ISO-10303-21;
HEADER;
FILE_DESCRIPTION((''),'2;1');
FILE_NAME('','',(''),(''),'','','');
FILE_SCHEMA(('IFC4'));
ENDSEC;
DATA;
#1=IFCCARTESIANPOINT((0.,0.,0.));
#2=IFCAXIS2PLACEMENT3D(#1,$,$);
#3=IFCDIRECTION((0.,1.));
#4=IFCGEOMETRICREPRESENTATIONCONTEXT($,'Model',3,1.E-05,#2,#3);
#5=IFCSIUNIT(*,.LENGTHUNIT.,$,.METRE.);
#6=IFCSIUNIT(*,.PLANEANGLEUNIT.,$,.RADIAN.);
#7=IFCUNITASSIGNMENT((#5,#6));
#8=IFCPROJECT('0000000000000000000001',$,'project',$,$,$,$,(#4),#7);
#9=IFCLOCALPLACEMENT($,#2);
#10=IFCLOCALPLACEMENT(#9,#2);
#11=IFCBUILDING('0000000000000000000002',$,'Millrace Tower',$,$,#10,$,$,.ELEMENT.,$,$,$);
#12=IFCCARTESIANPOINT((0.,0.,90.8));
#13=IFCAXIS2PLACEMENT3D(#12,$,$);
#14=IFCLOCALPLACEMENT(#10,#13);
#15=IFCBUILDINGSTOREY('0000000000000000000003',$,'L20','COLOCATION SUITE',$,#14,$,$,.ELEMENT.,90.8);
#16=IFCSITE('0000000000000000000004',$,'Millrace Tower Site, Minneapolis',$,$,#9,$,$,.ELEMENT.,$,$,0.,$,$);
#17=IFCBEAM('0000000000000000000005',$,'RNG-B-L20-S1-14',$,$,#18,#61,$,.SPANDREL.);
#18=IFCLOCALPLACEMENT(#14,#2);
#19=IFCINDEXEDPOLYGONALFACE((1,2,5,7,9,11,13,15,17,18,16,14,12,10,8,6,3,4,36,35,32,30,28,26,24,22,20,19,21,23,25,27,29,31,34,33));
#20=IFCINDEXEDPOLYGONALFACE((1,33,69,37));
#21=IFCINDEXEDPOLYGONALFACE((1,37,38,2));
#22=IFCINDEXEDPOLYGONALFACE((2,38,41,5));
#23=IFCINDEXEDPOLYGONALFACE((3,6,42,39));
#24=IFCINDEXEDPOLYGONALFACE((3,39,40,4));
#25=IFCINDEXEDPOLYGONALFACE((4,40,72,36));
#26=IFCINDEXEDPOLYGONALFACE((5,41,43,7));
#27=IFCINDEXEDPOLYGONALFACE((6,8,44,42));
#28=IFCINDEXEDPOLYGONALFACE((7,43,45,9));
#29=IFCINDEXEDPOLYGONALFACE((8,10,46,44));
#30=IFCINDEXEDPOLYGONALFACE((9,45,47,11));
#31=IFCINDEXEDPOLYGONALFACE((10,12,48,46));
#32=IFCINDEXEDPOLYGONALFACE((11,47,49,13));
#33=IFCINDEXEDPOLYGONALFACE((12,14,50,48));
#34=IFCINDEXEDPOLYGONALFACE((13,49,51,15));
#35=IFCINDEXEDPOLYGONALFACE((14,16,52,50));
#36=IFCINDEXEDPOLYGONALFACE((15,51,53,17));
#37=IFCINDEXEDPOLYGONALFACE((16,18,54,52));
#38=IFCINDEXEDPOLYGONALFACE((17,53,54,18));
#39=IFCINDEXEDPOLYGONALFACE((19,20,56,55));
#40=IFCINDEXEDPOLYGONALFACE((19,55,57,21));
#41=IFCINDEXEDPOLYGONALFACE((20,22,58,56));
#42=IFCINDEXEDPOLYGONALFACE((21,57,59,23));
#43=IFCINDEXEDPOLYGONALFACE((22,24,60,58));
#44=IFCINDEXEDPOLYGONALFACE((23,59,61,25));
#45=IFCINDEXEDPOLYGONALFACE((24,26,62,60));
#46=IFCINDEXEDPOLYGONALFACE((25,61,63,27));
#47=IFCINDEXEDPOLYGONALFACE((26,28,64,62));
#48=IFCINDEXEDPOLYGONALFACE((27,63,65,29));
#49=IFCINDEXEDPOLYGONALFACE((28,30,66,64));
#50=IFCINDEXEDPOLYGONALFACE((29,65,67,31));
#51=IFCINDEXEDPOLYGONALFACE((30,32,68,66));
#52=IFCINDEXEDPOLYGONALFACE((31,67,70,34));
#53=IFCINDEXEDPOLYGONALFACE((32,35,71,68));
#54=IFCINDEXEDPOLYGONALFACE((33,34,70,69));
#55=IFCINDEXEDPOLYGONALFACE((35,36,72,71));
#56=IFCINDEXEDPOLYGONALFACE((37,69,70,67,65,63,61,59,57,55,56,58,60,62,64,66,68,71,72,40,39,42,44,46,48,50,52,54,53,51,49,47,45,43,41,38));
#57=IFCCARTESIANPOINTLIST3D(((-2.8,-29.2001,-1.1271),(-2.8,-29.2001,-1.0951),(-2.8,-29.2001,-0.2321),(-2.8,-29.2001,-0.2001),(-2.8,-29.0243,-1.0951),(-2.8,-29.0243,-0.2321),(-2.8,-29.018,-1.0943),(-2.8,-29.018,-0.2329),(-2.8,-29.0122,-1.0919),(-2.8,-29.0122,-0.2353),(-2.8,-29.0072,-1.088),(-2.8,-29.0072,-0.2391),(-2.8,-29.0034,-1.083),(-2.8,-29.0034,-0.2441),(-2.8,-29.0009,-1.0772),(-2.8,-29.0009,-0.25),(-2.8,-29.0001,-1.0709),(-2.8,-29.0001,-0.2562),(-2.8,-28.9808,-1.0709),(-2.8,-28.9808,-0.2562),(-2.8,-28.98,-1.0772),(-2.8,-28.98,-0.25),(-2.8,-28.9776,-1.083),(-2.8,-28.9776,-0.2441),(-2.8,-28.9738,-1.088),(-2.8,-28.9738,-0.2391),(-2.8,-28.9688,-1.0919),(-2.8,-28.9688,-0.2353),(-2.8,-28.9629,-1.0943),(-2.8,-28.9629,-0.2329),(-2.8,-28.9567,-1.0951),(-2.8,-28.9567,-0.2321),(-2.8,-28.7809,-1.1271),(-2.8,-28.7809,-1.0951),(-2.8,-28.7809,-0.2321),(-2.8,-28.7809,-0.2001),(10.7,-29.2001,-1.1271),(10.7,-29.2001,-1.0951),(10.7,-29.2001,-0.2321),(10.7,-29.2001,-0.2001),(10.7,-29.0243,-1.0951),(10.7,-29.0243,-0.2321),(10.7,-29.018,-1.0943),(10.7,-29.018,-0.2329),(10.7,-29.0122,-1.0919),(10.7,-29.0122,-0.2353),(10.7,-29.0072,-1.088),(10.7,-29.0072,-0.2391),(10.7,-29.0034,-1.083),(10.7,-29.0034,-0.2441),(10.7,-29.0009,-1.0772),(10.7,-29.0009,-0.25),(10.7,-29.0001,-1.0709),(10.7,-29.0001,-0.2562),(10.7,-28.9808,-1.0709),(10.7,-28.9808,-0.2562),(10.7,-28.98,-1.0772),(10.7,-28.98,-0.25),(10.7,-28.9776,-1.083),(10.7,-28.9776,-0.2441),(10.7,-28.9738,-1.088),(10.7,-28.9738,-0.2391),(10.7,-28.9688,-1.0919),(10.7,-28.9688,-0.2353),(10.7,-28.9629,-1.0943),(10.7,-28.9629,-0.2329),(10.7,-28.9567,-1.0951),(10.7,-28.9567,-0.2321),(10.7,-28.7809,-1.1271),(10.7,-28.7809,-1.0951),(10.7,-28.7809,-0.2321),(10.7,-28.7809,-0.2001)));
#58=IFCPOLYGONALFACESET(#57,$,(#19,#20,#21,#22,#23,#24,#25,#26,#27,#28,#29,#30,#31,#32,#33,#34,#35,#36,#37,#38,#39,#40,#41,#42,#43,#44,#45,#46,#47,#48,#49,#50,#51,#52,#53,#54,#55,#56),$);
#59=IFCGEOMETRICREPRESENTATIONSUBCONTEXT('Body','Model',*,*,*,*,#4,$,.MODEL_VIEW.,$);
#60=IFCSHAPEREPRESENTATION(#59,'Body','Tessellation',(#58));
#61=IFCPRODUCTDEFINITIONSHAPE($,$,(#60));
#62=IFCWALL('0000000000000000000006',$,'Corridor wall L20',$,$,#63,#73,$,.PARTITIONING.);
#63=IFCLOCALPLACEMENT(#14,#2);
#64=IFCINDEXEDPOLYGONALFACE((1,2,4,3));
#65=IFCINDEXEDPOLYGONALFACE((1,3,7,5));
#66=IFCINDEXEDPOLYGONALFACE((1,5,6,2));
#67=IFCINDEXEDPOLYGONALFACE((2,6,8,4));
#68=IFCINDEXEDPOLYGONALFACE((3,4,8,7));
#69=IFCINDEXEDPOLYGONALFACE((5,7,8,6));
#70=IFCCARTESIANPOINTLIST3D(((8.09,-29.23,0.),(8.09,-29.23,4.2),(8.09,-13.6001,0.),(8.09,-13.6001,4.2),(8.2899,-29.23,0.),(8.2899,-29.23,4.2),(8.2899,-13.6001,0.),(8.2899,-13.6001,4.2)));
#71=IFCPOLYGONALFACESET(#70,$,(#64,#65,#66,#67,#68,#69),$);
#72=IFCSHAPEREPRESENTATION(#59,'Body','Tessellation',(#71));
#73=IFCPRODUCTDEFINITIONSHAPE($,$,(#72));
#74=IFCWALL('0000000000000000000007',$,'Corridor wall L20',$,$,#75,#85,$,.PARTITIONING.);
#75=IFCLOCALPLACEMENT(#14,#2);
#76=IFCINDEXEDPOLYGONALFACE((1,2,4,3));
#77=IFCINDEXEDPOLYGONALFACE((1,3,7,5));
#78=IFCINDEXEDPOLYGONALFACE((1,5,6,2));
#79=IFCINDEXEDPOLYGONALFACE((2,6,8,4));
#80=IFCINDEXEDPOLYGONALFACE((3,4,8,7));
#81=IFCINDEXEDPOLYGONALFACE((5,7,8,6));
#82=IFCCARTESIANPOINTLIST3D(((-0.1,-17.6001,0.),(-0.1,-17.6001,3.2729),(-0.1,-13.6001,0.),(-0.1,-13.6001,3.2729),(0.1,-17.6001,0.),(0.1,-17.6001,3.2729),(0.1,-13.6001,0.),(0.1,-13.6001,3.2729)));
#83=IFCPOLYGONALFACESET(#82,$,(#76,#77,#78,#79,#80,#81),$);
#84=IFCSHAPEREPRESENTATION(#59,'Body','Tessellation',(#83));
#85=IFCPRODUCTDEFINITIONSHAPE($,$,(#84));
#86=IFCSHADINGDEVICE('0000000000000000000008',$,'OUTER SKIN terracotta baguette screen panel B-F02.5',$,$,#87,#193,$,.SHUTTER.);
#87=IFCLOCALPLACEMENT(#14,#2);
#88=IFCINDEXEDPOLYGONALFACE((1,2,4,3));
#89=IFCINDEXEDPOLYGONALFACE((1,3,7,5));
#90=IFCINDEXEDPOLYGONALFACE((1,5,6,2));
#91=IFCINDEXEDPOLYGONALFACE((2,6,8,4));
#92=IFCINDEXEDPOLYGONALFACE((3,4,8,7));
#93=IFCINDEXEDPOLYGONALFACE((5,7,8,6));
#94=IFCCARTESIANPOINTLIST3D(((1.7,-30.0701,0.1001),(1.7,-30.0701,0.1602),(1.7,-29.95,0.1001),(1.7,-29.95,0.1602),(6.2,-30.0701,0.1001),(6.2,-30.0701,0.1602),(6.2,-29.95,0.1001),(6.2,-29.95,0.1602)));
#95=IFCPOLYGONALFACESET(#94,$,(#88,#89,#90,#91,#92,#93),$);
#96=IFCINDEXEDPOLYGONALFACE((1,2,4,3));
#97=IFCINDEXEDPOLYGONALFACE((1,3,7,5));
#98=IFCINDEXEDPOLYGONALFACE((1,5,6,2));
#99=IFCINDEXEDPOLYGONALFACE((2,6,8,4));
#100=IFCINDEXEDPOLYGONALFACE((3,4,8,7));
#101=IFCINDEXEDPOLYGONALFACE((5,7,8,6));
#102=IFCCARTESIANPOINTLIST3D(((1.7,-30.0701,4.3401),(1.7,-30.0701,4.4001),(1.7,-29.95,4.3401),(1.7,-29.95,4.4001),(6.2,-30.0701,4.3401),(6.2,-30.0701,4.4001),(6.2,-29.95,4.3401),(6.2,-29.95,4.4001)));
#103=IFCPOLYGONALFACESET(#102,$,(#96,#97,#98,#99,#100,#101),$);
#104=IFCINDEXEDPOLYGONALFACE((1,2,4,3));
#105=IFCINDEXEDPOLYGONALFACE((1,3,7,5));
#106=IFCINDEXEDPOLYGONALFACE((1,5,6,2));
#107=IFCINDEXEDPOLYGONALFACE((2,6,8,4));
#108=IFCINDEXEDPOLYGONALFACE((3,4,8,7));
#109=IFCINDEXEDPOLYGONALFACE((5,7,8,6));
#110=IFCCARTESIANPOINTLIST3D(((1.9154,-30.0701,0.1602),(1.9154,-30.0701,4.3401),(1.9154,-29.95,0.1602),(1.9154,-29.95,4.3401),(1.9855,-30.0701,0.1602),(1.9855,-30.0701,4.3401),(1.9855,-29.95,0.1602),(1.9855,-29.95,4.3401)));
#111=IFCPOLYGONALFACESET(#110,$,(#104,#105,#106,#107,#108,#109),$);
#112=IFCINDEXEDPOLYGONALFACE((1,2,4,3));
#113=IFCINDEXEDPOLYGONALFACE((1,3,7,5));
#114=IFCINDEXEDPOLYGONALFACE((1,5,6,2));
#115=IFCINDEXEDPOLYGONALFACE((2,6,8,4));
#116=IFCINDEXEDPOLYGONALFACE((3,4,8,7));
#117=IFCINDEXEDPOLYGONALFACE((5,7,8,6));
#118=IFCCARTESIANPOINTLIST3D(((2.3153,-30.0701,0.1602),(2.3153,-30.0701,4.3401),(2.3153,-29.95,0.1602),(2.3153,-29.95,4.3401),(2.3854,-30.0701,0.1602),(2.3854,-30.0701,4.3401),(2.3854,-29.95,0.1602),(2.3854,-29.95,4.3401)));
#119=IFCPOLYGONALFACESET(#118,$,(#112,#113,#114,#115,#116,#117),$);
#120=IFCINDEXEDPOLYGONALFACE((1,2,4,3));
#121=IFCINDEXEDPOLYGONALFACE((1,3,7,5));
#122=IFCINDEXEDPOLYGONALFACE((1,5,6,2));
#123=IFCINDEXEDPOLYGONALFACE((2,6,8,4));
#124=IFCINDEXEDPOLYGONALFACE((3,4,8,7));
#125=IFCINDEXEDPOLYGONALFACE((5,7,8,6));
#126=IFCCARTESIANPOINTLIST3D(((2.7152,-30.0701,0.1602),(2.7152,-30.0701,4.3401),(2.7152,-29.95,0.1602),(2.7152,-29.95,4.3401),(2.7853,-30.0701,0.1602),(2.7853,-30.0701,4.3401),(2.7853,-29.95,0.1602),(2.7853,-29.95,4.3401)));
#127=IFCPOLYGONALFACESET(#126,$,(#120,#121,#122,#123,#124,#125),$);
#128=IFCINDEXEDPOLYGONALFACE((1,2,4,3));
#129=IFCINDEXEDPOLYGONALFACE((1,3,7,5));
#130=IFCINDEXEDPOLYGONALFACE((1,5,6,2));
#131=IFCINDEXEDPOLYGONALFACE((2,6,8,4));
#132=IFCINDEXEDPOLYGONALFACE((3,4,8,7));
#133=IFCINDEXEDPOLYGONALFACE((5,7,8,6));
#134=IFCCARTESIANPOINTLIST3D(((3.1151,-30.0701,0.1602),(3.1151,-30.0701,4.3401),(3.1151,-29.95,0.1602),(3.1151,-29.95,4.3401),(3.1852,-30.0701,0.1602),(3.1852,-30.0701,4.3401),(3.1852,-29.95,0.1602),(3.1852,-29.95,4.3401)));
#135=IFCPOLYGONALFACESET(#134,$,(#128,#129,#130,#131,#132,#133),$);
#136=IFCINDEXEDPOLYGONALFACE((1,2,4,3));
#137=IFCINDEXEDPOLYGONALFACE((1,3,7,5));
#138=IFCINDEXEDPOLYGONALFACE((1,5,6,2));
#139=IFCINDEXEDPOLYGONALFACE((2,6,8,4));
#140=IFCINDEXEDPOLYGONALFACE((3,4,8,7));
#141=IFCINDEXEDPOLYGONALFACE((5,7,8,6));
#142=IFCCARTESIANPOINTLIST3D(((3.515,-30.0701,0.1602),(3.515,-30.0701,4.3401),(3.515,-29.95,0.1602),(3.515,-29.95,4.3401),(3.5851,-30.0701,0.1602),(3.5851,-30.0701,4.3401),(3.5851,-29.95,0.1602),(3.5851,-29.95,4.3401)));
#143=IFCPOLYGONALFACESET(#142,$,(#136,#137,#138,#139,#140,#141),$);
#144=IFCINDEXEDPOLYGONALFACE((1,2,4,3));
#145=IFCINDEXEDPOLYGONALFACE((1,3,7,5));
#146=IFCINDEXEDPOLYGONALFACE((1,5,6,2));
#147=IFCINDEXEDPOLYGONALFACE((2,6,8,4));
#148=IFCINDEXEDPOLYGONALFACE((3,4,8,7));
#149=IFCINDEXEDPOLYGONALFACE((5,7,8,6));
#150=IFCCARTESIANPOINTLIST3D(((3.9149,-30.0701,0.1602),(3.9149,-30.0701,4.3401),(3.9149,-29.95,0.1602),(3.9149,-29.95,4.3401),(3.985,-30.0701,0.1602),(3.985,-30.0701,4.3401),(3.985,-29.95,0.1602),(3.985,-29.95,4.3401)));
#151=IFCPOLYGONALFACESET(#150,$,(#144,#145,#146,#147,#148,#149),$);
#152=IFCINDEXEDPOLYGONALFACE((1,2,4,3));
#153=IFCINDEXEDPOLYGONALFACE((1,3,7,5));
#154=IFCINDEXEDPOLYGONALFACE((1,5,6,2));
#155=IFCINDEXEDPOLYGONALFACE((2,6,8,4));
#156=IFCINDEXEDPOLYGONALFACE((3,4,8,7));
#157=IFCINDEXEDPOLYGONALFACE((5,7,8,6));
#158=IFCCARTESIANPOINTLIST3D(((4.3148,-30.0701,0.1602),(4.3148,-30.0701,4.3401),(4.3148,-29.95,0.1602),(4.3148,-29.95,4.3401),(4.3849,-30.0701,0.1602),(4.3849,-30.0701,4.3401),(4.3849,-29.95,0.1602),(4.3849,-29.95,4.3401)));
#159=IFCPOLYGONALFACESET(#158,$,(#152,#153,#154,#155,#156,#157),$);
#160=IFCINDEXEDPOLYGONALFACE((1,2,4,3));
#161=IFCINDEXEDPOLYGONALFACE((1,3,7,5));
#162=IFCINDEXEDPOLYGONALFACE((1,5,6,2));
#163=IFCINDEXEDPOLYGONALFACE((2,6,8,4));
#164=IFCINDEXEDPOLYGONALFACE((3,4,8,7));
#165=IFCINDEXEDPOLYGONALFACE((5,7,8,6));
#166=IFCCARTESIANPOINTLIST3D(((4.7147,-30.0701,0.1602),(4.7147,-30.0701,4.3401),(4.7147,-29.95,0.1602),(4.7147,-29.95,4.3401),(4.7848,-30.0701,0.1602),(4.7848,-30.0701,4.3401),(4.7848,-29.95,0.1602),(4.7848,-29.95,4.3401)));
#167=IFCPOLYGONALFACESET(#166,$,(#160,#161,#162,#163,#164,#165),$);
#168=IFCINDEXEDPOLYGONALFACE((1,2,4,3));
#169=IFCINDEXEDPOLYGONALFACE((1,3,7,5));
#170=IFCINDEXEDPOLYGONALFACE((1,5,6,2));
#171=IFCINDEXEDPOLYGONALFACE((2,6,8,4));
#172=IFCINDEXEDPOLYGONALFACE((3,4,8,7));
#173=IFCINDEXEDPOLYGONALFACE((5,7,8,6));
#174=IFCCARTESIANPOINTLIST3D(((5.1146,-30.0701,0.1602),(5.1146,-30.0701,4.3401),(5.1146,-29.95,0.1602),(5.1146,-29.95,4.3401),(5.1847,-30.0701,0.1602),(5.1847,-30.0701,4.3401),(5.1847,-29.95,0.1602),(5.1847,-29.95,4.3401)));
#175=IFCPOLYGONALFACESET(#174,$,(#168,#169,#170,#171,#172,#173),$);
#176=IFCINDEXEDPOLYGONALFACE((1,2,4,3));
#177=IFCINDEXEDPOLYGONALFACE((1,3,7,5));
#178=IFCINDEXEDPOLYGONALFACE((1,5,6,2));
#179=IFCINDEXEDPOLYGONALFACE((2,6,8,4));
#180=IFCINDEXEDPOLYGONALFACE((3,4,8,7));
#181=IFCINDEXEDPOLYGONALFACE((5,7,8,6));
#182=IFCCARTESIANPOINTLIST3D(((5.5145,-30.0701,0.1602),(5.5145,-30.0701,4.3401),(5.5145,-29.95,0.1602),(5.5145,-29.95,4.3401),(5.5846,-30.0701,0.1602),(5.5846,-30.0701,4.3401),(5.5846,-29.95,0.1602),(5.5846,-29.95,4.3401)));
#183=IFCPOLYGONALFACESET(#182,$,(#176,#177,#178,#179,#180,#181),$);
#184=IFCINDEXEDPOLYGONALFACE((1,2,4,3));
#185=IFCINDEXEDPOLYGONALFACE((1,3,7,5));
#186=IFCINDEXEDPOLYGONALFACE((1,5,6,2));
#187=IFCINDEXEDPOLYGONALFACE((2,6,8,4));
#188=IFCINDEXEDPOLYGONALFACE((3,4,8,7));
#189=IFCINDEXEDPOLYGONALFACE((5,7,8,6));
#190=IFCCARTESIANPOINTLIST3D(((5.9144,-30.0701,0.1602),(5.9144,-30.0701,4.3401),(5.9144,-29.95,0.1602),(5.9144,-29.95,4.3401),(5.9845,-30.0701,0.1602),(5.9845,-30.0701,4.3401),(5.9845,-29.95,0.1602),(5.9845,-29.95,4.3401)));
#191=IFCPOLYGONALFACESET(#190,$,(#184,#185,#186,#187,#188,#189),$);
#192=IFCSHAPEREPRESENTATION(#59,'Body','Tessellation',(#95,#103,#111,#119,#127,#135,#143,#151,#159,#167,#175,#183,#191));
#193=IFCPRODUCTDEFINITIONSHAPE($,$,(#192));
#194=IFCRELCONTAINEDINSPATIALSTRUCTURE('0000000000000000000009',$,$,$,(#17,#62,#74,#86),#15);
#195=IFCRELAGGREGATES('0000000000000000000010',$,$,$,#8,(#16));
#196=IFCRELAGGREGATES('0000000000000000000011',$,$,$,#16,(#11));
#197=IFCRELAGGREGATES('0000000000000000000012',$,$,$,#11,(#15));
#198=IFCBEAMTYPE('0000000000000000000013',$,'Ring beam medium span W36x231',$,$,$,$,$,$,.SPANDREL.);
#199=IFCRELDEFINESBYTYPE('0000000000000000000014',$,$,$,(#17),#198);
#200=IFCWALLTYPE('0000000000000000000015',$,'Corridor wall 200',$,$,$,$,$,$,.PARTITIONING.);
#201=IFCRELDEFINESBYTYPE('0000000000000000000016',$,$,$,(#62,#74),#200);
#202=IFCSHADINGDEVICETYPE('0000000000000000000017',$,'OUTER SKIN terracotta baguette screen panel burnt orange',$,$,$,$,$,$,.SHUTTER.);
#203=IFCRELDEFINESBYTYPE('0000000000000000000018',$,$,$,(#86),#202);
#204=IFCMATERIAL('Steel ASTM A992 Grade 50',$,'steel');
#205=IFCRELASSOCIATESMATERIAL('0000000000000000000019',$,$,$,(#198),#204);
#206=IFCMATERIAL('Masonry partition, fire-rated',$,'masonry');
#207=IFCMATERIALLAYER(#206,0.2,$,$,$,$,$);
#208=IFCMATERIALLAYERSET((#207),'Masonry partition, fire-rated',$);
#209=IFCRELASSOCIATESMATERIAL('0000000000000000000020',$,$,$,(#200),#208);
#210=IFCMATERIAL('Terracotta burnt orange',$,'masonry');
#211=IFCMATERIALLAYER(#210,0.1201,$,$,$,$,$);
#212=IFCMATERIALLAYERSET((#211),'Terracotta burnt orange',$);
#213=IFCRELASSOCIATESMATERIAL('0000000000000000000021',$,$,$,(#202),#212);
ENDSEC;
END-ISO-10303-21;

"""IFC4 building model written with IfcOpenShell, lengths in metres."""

from ifc_helpers import new_model, entity, si_unit, direction, frame, frame_2d, origin, origin_2d, place, context, subcontext, project, spatial, rectangle, i_section, extrude, source, transform, mapped, material, layer, layer_set, material_profile, profile_set, type_object, element, save


model = new_model("IFC4")

# Units and contexts
model_context = context("Model", 3, precision=1e-05, world=origin(), true_north=direction((0.0, 1.0)))
body_context = subcontext(model_context, "Body", "Model", "MODEL_VIEW")
ifc_project = project(units=[si_unit("LENGTHUNIT", "METRE"), si_unit("PLANEANGLEUNIT", "RADIAN")], contexts=[model_context])

# Site, building, storey
site_placement = place(None, origin())
site = spatial("IfcSite", under=ifc_project, at=site_placement, Name="Millrace Tower Site, Minneapolis", CompositionType="ELEMENT", RefElevation=0.0)
building_placement = place(site_placement, origin())
building = spatial("IfcBuilding", under=site, at=building_placement, Name="Millrace Tower", CompositionType="ELEMENT")
storey_placement = place(building_placement, frame((0.0, 0.0, 90.8)))
storey = spatial("IfcBuildingStorey", under=building, at=storey_placement, Name="L20", Description="COLOCATION SUITE", CompositionType="ELEMENT", Elevation=90.8)

# Beam
ifc_material_1 = material(Name="Steel ASTM A992 Grade 50", Category="steel")
ifc_material_profile_1 = material_profile(ifc_material_1, i_section(OverallWidth=0.4192, OverallDepth=0.927, WebThickness=0.0193, FlangeThickness=0.032, FilletRadius=0.0242, at=origin_2d()))
ifc_profile_set_1 = profile_set([ifc_material_profile_1], Name="Steel ASTM A992 Grade 50")
beam_type_1 = type_object("IfcBeamType", Name="Ring beam medium span W36x231", PredefinedType="SPANDREL", material=ifc_profile_set_1)
beam_1_placement = place(storey_placement, frame((10.7, -28.9905, -0.6636), z_axis=(-1.0, 0.0, 0.0), x_axis=(0.0, -1.0, 0.0)))
element("IfcBeam", 1, at=beam_1_placement, inside=storey, type_object=beam_type_1, Name="RNG-B-L20-S1-14", PredefinedType="SPANDREL", context=body_context, shape_type="SweptSolid", body=[
    extrude(i_section(OverallWidth=0.4192, OverallDepth=0.927, WebThickness=0.0193, FlangeThickness=0.032, FilletRadius=0.0242, at=origin_2d()), origin(), (0.0, 0.0, 1.0), 13.5),
])

# Walls
ifc_material_2 = material(Name="Masonry partition, fire-rated", Category="masonry")
ifc_layer_1 = layer(ifc_material_2, 0.2)
ifc_layer_set_1 = layer_set([ifc_layer_1], Name="Masonry partition, fire-rated")
wall_type = type_object("IfcWallType", Name="Corridor wall 200", PredefinedType="PARTITIONING", material=ifc_layer_set_1)
wall_1_placement = place(storey_placement, frame((8.1899, -29.23, 0.0), z_axis=(0.0, 0.0, 1.0), x_axis=(0.0, 1.0, 0.0)))
element("IfcWall", 2, at=wall_1_placement, inside=storey, type_object=wall_type, Name="Corridor wall L20", PredefinedType="PARTITIONING", context=body_context, shape_type="SweptSolid", body=[
    extrude(rectangle(XDim=15.6299, YDim=0.2, at=frame_2d((7.8149, 0.0))), origin(), (0.0, 0.0, 1.0), 4.2),
])
wall_2_placement = place(storey_placement, frame((0.0, -17.6001, 0.0), z_axis=(0.0, 0.0, 1.0), x_axis=(0.0, 1.0, 0.0)))
element("IfcWall", 3, at=wall_2_placement, inside=storey, type_object=wall_type, Name="Corridor wall L20", PredefinedType="PARTITIONING", context=body_context, shape_type="SweptSolid", body=[
    extrude(rectangle(XDim=4.0, YDim=0.2, at=frame_2d((2.0, 0.0))), origin(), (0.0, 0.0, 1.0), 3.2729),
])

# Shading device
ifc_material_3 = material(Name="Terracotta burnt orange", Category="masonry")
ifc_layer_2 = layer(ifc_material_3, 0.1201)
ifc_layer_set_2 = layer_set([ifc_layer_2], Name="Terracotta burnt orange")
shading_device_type = type_object("IfcShadingDeviceType", Name="OUTER SKIN terracotta baguette screen panel burnt orange", PredefinedType="SHUTTER", material=ifc_layer_set_2)
cartesian_point = entity("IfcCartesianPoint", [-2.25, 0.0601])
shared_polyline = entity("IfcPolyline", [cartesian_point, entity("IfcCartesianPoint", [2.25, 0.0601]), entity("IfcCartesianPoint", [2.25, -0.0601]), entity("IfcCartesianPoint", [-2.25, -0.0601]), cartesian_point])
shared_shape = source(origin(), body_context, "Body", "SweptSolid", [
    entity("IfcExtrudedAreaSolid", entity("IfcArbitraryClosedProfileDef", "AREA", None, shared_polyline), entity("IfcAxis2Placement3D", entity("IfcCartesianPoint", [0.0, 0.0, 0.0])), entity("IfcDirection", [0.0, 0.0, 1.0]), 0.0601),
    entity("IfcExtrudedAreaSolid", entity("IfcArbitraryClosedProfileDef", "AREA", None, shared_polyline), entity("IfcAxis2Placement3D", entity("IfcCartesianPoint", [0.0, 0.0, 4.24])), entity("IfcDirection", [0.0, 0.0, 1.0]), 0.0601),
    extrude(rectangle(XDim=0.0701, YDim=0.1201, at=frame_2d((-1.9995, 0.0))), frame((0.0, 0.0, 0.0601)), (0.0, 0.0, 1.0), 4.1799),
    extrude(rectangle(XDim=0.0701, YDim=0.1201, at=frame_2d((-1.5996, 0.0))), frame((0.0, 0.0, 0.0601)), (0.0, 0.0, 1.0), 4.1799),
    extrude(rectangle(XDim=0.0701, YDim=0.1201, at=frame_2d((-1.1997, 0.0))), frame((0.0, 0.0, 0.0601)), (0.0, 0.0, 1.0), 4.1799),
    extrude(rectangle(XDim=0.0701, YDim=0.1201, at=frame_2d((-0.7998, 0.0))), frame((0.0, 0.0, 0.0601)), (0.0, 0.0, 1.0), 4.1799),
    extrude(rectangle(XDim=0.0701, YDim=0.1201, at=frame_2d((-0.3999, 0.0))), frame((0.0, 0.0, 0.0601)), (0.0, 0.0, 1.0), 4.1799),
    extrude(rectangle(XDim=0.0701, YDim=0.1201, at=origin_2d()), frame((0.0, 0.0, 0.0601)), (0.0, 0.0, 1.0), 4.1799),
    extrude(rectangle(XDim=0.0701, YDim=0.1201, at=frame_2d((0.3999, 0.0))), frame((0.0, 0.0, 0.0601)), (0.0, 0.0, 1.0), 4.1799),
    extrude(rectangle(XDim=0.0701, YDim=0.1201, at=frame_2d((0.7998, 0.0))), frame((0.0, 0.0, 0.0601)), (0.0, 0.0, 1.0), 4.1799),
    extrude(rectangle(XDim=0.0701, YDim=0.1201, at=frame_2d((1.1997, 0.0))), frame((0.0, 0.0, 0.0601)), (0.0, 0.0, 1.0), 4.1799),
    extrude(rectangle(XDim=0.0701, YDim=0.1201, at=frame_2d((1.5996, 0.0))), frame((0.0, 0.0, 0.0601)), (0.0, 0.0, 1.0), 4.1799),
    extrude(rectangle(XDim=0.0701, YDim=0.1201, at=frame_2d((1.9995, 0.0))), frame((0.0, 0.0, 0.0601)), (0.0, 0.0, 1.0), 4.1799),
])
for number, where, z_axis, x_axis, name in (
    (4, (3.95, -30.01, 0.1001), (0.0, 0.0, 1.0), (1.0, 0.0, 0.0), "OUTER SKIN terracotta baguette screen panel B-F02.5"),
):
    element("IfcShadingDevice", number, at=place(storey_placement, frame(where, z_axis=z_axis, x_axis=x_axis)), inside=storey, type_object=shading_device_type, Name=name, PredefinedType="SHUTTER", context=body_context, shape_type="MappedRepresentation", body=[
        mapped(shared_shape, transform((0.0, 0.0, 0.0), scale=1.0)),
    ])

save(model, "model.ifc")
